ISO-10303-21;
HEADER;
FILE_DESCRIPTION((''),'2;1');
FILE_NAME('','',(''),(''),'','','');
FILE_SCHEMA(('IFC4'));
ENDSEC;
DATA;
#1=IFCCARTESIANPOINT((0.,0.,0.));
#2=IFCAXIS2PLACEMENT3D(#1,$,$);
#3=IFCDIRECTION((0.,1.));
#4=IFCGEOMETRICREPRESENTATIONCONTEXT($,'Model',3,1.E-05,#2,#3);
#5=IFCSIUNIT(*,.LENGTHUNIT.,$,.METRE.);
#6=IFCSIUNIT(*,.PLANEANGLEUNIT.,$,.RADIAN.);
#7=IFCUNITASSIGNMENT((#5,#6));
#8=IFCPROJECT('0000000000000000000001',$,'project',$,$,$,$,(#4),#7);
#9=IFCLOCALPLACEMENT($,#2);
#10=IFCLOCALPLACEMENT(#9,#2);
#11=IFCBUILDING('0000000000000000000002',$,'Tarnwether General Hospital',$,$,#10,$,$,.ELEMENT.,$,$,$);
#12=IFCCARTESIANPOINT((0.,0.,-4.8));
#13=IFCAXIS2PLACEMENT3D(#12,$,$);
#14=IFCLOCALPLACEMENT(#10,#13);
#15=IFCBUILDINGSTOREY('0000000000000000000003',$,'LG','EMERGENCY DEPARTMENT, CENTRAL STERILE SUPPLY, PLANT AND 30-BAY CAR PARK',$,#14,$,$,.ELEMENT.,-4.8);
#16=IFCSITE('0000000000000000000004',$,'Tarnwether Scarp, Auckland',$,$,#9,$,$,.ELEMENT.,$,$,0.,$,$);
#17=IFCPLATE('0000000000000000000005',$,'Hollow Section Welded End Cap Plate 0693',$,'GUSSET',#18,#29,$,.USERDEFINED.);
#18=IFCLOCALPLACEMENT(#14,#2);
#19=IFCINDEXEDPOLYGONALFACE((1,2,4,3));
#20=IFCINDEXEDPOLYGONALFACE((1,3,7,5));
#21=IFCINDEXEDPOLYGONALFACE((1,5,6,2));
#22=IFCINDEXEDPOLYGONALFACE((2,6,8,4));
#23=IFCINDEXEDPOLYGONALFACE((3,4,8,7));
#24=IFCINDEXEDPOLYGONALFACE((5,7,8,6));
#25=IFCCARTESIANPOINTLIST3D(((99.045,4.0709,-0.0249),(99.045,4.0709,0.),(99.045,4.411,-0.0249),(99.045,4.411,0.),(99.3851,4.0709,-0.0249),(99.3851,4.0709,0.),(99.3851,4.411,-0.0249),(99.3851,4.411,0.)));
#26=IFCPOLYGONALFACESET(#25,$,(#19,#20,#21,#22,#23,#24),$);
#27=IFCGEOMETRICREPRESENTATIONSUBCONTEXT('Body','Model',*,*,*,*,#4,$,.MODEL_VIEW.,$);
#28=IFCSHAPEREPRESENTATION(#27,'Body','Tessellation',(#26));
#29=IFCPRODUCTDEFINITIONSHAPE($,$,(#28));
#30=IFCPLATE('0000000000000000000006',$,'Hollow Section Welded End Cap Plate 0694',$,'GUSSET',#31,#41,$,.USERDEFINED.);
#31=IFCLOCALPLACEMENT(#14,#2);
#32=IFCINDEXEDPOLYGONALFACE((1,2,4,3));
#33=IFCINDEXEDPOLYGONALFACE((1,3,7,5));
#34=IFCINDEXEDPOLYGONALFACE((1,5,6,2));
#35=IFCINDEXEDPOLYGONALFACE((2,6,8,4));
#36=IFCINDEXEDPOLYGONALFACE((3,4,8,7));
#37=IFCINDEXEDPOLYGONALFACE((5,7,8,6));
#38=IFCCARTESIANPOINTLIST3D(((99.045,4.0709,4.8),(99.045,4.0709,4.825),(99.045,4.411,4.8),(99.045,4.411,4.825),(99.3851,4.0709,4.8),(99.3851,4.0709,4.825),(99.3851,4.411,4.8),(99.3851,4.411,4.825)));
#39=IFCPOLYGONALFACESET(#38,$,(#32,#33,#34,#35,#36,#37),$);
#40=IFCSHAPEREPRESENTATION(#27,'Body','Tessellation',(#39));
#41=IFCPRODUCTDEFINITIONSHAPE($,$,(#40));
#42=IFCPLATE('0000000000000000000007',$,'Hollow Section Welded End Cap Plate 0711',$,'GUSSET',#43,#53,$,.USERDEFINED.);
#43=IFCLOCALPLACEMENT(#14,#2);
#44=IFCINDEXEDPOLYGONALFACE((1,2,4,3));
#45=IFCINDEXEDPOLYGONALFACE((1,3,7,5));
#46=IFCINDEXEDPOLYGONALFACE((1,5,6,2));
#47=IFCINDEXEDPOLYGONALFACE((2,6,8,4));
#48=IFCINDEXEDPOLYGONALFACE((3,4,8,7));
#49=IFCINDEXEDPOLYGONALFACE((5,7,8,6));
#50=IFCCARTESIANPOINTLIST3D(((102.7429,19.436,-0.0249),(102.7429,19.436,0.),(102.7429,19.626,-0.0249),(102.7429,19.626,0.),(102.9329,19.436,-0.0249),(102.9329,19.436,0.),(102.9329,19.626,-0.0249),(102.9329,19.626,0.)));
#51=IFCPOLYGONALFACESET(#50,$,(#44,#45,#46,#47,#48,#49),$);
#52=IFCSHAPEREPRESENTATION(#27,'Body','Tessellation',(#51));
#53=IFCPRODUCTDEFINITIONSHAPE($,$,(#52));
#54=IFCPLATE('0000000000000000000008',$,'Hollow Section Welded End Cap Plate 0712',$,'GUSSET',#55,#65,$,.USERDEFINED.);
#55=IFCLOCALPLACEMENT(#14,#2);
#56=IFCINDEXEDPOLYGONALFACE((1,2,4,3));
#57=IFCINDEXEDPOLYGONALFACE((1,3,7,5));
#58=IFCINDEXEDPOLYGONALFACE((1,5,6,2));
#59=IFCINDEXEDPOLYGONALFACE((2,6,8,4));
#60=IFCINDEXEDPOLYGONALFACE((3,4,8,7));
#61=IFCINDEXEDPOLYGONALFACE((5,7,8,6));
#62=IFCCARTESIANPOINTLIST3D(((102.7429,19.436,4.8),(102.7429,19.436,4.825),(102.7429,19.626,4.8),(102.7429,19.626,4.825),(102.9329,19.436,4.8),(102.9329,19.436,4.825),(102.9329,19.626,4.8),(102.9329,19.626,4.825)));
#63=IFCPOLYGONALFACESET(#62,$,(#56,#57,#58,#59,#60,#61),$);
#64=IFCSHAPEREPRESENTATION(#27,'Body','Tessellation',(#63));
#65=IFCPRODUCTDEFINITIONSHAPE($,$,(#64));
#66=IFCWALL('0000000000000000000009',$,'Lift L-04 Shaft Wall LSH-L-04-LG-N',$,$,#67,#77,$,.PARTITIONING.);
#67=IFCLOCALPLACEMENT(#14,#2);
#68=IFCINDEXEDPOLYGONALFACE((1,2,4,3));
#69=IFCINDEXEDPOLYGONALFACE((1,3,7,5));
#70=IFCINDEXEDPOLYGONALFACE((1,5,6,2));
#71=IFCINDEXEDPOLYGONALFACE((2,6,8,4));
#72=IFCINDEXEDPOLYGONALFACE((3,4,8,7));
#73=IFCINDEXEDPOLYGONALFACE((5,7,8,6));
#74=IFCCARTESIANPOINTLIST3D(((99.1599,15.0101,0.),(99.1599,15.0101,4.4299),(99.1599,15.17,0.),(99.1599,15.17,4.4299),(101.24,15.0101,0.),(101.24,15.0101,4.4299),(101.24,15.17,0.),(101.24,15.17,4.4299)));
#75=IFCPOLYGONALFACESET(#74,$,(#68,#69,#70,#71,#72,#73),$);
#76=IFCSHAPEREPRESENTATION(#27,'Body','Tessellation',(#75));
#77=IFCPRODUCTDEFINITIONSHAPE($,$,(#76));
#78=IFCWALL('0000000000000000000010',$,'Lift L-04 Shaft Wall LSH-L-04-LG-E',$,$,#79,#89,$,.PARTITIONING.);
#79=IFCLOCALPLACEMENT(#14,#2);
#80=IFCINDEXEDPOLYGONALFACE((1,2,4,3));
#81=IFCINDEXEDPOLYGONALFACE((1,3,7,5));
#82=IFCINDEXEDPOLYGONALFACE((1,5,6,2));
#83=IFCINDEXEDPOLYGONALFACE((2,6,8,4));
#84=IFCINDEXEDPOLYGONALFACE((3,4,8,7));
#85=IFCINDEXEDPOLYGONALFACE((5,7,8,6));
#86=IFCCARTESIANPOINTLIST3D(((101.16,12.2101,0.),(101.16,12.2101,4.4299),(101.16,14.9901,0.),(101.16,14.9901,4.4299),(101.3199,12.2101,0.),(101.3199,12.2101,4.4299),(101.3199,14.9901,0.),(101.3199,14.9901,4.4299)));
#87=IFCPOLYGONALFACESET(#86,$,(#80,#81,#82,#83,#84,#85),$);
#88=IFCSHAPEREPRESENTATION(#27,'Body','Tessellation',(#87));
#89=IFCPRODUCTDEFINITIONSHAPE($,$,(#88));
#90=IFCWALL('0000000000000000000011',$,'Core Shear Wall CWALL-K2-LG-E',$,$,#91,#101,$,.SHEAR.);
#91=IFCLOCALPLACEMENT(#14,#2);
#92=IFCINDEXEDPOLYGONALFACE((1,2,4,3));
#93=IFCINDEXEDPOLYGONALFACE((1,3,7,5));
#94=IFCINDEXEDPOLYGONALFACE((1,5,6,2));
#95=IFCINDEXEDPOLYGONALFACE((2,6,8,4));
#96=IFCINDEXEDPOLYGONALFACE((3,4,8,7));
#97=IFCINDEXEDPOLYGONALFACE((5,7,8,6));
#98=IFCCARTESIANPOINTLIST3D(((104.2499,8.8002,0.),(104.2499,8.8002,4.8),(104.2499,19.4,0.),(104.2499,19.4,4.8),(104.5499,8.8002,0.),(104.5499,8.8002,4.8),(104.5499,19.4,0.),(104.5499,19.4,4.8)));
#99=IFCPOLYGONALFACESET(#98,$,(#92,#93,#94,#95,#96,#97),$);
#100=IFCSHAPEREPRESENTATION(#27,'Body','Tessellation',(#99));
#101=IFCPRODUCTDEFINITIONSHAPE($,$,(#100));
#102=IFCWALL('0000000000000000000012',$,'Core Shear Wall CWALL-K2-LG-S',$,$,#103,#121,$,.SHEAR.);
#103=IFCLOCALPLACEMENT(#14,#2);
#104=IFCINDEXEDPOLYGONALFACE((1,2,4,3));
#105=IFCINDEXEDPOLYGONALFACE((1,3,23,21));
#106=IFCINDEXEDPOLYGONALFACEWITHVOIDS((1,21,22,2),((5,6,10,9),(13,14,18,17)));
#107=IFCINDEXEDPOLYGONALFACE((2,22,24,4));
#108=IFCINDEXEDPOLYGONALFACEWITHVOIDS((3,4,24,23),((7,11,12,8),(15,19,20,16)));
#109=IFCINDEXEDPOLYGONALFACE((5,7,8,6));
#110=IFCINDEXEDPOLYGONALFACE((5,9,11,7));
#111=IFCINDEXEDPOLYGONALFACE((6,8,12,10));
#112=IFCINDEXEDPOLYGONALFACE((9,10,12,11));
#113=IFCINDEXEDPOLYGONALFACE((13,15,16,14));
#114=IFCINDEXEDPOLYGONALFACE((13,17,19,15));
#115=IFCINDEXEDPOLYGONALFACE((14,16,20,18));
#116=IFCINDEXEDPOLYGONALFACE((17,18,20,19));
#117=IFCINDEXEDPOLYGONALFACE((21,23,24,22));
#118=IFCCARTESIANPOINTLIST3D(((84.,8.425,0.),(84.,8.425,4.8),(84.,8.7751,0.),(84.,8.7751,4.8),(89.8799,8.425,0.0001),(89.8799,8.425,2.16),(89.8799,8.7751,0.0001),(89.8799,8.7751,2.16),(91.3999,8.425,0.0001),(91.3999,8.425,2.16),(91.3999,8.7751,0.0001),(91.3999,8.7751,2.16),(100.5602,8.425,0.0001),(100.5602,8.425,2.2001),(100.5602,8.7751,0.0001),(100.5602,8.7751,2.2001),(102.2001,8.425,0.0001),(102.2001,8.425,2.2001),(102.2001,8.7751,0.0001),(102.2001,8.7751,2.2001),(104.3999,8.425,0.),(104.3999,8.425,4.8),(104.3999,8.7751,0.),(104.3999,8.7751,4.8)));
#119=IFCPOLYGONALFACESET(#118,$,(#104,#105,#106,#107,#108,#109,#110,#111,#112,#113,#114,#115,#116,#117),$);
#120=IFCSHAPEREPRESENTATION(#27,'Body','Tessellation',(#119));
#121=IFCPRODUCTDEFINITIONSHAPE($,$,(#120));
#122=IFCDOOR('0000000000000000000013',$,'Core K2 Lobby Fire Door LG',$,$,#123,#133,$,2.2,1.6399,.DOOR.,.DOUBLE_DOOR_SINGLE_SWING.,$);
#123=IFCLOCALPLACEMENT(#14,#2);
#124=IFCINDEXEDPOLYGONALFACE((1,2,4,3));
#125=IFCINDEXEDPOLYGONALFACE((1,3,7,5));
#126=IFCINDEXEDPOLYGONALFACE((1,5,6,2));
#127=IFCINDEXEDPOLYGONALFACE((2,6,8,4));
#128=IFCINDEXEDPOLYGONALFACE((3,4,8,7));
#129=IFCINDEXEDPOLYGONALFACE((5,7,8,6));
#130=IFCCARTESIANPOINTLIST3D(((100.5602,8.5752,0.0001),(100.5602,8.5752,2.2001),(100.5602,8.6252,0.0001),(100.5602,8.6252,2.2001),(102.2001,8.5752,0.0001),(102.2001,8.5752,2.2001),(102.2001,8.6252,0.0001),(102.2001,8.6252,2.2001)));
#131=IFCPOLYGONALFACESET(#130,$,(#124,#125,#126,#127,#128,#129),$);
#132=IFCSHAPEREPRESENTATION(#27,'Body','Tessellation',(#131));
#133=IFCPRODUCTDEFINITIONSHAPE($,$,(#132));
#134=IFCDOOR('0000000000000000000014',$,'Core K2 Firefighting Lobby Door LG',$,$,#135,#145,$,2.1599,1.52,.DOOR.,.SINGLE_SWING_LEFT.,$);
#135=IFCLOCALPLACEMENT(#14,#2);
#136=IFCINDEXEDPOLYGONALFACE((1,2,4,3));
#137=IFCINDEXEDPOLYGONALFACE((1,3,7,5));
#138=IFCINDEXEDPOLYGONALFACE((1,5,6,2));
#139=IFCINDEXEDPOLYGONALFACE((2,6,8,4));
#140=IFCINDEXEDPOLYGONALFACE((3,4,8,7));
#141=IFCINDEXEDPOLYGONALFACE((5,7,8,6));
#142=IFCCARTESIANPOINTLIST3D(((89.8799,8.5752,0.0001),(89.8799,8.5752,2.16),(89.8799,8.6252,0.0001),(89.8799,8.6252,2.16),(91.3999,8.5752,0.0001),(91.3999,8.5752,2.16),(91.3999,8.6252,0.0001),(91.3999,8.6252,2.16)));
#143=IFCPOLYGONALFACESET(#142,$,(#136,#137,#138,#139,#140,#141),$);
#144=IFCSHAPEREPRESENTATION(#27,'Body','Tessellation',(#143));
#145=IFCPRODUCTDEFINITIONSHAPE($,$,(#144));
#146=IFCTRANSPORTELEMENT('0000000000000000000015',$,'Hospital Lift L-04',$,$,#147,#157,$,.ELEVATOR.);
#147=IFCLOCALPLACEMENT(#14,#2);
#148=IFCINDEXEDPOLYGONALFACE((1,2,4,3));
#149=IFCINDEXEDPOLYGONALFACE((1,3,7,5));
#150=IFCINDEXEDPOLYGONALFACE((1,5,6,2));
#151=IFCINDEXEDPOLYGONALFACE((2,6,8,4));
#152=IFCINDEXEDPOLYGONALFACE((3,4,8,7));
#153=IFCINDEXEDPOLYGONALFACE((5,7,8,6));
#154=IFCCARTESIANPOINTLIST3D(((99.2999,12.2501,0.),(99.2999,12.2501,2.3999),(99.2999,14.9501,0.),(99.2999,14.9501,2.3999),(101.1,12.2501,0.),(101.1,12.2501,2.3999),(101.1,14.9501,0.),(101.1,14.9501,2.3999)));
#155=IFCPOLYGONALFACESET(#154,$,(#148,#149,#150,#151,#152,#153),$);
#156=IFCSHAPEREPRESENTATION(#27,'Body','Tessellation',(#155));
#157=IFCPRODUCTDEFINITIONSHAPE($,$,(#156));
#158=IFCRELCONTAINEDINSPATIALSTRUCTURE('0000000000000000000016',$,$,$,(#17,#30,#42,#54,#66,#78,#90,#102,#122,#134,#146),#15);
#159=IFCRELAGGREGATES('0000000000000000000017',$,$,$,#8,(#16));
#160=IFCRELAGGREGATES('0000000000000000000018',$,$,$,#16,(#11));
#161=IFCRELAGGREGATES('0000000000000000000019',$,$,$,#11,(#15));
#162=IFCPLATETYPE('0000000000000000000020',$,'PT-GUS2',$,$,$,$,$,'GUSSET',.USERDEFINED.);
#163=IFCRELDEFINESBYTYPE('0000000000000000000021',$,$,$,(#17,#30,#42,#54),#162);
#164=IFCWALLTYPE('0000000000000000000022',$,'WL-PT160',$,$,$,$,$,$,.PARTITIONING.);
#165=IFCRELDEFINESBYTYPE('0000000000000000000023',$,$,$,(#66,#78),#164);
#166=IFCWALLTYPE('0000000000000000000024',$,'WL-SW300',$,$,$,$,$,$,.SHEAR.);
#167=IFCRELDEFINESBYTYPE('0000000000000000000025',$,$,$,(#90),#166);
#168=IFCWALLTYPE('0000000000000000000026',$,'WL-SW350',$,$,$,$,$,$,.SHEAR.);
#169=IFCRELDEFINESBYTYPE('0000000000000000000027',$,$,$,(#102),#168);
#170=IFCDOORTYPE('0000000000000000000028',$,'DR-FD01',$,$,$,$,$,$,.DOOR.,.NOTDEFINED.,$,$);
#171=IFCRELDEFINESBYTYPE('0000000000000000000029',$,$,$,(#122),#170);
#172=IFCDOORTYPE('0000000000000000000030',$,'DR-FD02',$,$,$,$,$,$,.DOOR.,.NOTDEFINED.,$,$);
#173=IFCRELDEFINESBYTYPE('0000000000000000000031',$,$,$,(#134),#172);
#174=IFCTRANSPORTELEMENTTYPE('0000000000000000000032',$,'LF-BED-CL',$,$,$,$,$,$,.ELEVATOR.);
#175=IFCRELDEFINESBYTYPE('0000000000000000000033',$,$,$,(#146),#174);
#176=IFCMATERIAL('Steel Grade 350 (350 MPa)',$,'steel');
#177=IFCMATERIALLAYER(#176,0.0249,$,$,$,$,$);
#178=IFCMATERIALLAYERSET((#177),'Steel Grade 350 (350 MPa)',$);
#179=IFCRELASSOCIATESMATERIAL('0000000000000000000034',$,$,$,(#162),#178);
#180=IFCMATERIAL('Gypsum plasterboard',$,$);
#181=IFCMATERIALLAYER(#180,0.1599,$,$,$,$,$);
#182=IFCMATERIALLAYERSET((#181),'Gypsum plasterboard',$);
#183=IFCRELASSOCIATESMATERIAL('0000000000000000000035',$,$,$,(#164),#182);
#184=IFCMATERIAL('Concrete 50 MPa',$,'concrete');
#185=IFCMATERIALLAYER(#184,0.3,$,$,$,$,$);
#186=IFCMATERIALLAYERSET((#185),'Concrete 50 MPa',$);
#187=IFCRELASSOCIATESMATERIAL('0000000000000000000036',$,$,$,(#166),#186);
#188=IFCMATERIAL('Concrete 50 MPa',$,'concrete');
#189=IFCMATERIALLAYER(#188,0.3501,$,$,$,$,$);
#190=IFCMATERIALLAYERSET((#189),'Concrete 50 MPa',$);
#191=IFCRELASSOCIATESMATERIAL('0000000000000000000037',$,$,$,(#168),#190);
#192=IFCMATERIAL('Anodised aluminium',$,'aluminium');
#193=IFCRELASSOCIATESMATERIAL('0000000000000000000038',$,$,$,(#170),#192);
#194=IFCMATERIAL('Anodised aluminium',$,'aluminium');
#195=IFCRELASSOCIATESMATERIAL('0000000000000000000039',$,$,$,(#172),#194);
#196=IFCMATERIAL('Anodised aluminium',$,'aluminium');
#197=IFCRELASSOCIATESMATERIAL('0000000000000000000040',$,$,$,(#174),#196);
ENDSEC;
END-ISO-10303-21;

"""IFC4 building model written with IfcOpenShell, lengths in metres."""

from ifc_helpers import new_model, si_unit, direction, frame, frame_2d, origin, origin_2d, place, context, subcontext, project, spatial, rectangle, extrude, material, layer, layer_set, type_object, element, fill, save


model = new_model("IFC4")

# Units and contexts
model_context = context("Model", 3, precision=1e-05, world=origin(), true_north=direction((0.0, 1.0)))
body_context = subcontext(model_context, "Body", "Model", "MODEL_VIEW")
ifc_project = project(units=[si_unit("LENGTHUNIT", "METRE"), si_unit("PLANEANGLEUNIT", "RADIAN")], contexts=[model_context])

# Site, building, storey
site_placement = place(None, origin())
site = spatial("IfcSite", under=ifc_project, at=site_placement, Name="Tarnwether Scarp, Auckland", CompositionType="ELEMENT", RefElevation=0.0)
building_placement = place(site_placement, origin())
building = spatial("IfcBuilding", under=site, at=building_placement, Name="Tarnwether General Hospital", CompositionType="ELEMENT")
storey_placement = place(building_placement, frame((0.0, 0.0, -4.8)))
storey = spatial("IfcBuildingStorey", under=building, at=storey_placement, Name="LG", Description="EMERGENCY DEPARTMENT, CENTRAL STERILE SUPPLY, PLANT AND 30-BAY CAR PARK", CompositionType="ELEMENT", Elevation=-4.8)

# Plates
ifc_material_1 = material(Name="Steel Grade 350 (350 MPa)", Category="steel")
ifc_layer_1 = layer(ifc_material_1, 0.0249)
ifc_layer_set_1 = layer_set([ifc_layer_1], Name="Steel Grade 350 (350 MPa)")
plate_type = type_object("IfcPlateType", Name="PT-GUS2", ElementType="GUSSET", PredefinedType="USERDEFINED", material=ifc_layer_set_1)
for number, where, z_axis, x_axis, name in (
    (1, (99.2151, 4.241, -0.0249), (0.0, 0.0, 1.0), (1.0, 0.0, 0.0), "Hollow Section Welded End Cap Plate 0693"),
    (2, (99.2151, 4.241, 4.8), (0.0, 0.0, 1.0), (1.0, 0.0, 0.0), "Hollow Section Welded End Cap Plate 0694"),
):
    element("IfcPlate", number, at=place(storey_placement, frame(where, z_axis=z_axis, x_axis=x_axis)), inside=storey, type_object=plate_type, Name=name, ObjectType="GUSSET", PredefinedType="USERDEFINED", context=body_context, shape_type="SweptSolid", body=[
        extrude(rectangle(XDim=0.3401, YDim=0.3401, at=origin_2d()), origin(), (0.0, 0.0, 1.0), 0.0249),
    ])
for number, where, z_axis, x_axis, name in (
    (3, (102.8379, 19.531, -0.0249), (0.0, 0.0, 1.0), (1.0, 0.0, 0.0), "Hollow Section Welded End Cap Plate 0711"),
    (4, (102.8379, 19.531, 4.8), (0.0, 0.0, 1.0), (1.0, 0.0, 0.0), "Hollow Section Welded End Cap Plate 0712"),
):
    element("IfcPlate", number, at=place(storey_placement, frame(where, z_axis=z_axis, x_axis=x_axis)), inside=storey, type_object=plate_type, Name=name, ObjectType="GUSSET", PredefinedType="USERDEFINED", context=body_context, shape_type="SweptSolid", body=[
        extrude(rectangle(XDim=0.1899, YDim=0.1899, at=origin_2d()), origin(), (0.0, 0.0, 1.0), 0.0249),
    ])

# Walls
ifc_material_2 = material(Name="Gypsum plasterboard")
ifc_layer_2 = layer(ifc_material_2, 0.1599)
ifc_layer_set_2 = layer_set([ifc_layer_2], Name="Gypsum plasterboard")
wall_type_1 = type_object("IfcWallType", Name="WL-PT160", PredefinedType="PARTITIONING", material=ifc_layer_set_2)
wall_1_placement = place(storey_placement, frame((101.24, 15.0901, 0.0), z_axis=(0.0, 0.0, 1.0), x_axis=(-1.0, 0.0, 0.0)))
element("IfcWall", 5, at=wall_1_placement, inside=storey, type_object=wall_type_1, Name="Lift L-04 Shaft Wall LSH-L-04-LG-N", PredefinedType="PARTITIONING", context=body_context, shape_type="SweptSolid", body=[
    extrude(rectangle(XDim=2.0801, YDim=0.1599, at=frame_2d((1.04, 0.0))), origin(), (0.0, 0.0, 1.0), 4.4299),
])
wall_2_placement = place(storey_placement, frame((101.24, 12.21, 0.0), z_axis=(0.0, 0.0, 1.0), x_axis=(0.0, 1.0, 0.0)))
element("IfcWall", 6, at=wall_2_placement, inside=storey, type_object=wall_type_1, Name="Lift L-04 Shaft Wall LSH-L-04-LG-E", PredefinedType="PARTITIONING", context=body_context, shape_type="SweptSolid", body=[
    extrude(rectangle(XDim=2.78, YDim=0.1599, at=frame_2d((1.3901, 0.0))), origin(), (0.0, 0.0, 1.0), 4.4299),
])
ifc_material_3 = material(Name="Concrete 50 MPa", Category="concrete")
ifc_layer_3 = layer(ifc_material_3, 0.3)
ifc_layer_set_3 = layer_set([ifc_layer_3], Name="Concrete 50 MPa")
wall_type_2 = type_object("IfcWallType", Name="WL-SW300", PredefinedType="SHEAR", material=ifc_layer_set_3)
wall_3_placement = place(storey_placement, frame((104.3999, 19.3999, 0.0), z_axis=(0.0, 0.0, 1.0), x_axis=(0.0, -1.0, 0.0)))
element("IfcWall", 7, at=wall_3_placement, inside=storey, type_object=wall_type_2, Name="Core Shear Wall CWALL-K2-LG-E", PredefinedType="SHEAR", context=body_context, shape_type="SweptSolid", body=[
    extrude(rectangle(XDim=10.5999, YDim=0.3, at=frame_2d((5.2998, 0.0))), origin(), (0.0, 0.0, 1.0), 4.8),
])

# Wall, openings, doors
ifc_material_4 = material(Name="Concrete 50 MPa", Category="concrete")
ifc_layer_4 = layer(ifc_material_4, 0.3501)
ifc_layer_set_4 = layer_set([ifc_layer_4], Name="Concrete 50 MPa")
wall_type_3 = type_object("IfcWallType", Name="WL-SW350", PredefinedType="SHEAR", material=ifc_layer_set_4)
wall_4_placement = place(storey_placement, frame((104.3999, 8.6001, 0.0), z_axis=(0.0, 0.0, 1.0), x_axis=(-1.0, 0.0, 0.0)))
wall_4 = element("IfcWall", 8, at=wall_4_placement, inside=storey, type_object=wall_type_3, Name="Core Shear Wall CWALL-K2-LG-S", PredefinedType="SHEAR", context=body_context, shape_type="SweptSolid", body=[
    extrude(rectangle(XDim=20.3999, YDim=0.3501, at=frame_2d((10.2, 0.0))), origin(), (0.0, 0.0, 1.0), 4.8),
])
opening_1_placement = place(wall_4_placement, frame((2.2, 0.0, 0.0)))
opening_1 = element("IfcOpeningElement", 9, at=opening_1_placement, cuts=wall_4, PredefinedType="OPENING", context=body_context, shape_type="SweptSolid", body=[
    extrude(rectangle(XDim=1.6399, YDim=2.2, at=frame_2d((0.8198, 1.1001))), frame((0.0, 0.1851, 0.0), z_axis=(0.0, -1.0, 0.0), x_axis=(1.0, 0.0, 0.0)), (0.0, 0.0, 1.0), 0.3701),
])
opening_2_placement = place(wall_4_placement, frame((13.0, 0.0, 0.0)))
opening_2 = element("IfcOpeningElement", 10, at=opening_2_placement, cuts=wall_4, PredefinedType="OPENING", context=body_context, shape_type="SweptSolid", body=[
    extrude(rectangle(XDim=1.52, YDim=2.1599, at=frame_2d((0.76, 1.0801))), frame((0.0, 0.1851, 0.0), z_axis=(0.0, -1.0, 0.0), x_axis=(1.0, 0.0, 0.0)), (0.0, 0.0, 1.0), 0.3701),
])
ifc_material_5 = material(Name="Anodised aluminium", Category="aluminium")
door_type_1 = type_object("IfcDoorType", Name="DR-FD01", OperationType="NOTDEFINED", PredefinedType="DOOR", material=ifc_material_5)
door_1_placement = place(opening_1_placement, origin())
door_1 = element("IfcDoor", 11, at=door_1_placement, inside=storey, type_object=door_type_1, Name="Core K2 Lobby Fire Door LG", OperationType="DOUBLE_DOOR_SINGLE_SWING", OverallHeight=2.2, OverallWidth=1.6399, PredefinedType="DOOR", context=body_context, shape_type="SweptSolid", body=[
    extrude(rectangle(XDim=1.6399, YDim=2.2, at=frame_2d((0.8198, 1.1001))), frame((0.0, 0.0249, 0.0), z_axis=(0.0, -1.0, 0.0), x_axis=(1.0, 0.0, 0.0)), (0.0, 0.0, 1.0), 0.05),
])
fill(opening_1, door_1)
ifc_material_6 = material(Name="Anodised aluminium", Category="aluminium")
door_type_2 = type_object("IfcDoorType", Name="DR-FD02", OperationType="NOTDEFINED", PredefinedType="DOOR", material=ifc_material_6)
door_2_placement = place(opening_2_placement, origin())
door_2 = element("IfcDoor", 12, at=door_2_placement, inside=storey, type_object=door_type_2, Name="Core K2 Firefighting Lobby Door LG", OperationType="SINGLE_SWING_LEFT", OverallHeight=2.1599, OverallWidth=1.52, PredefinedType="DOOR", context=body_context, shape_type="SweptSolid", body=[
    extrude(rectangle(XDim=1.52, YDim=2.1599, at=frame_2d((0.76, 1.0801))), frame((0.0, 0.0249, 0.0), z_axis=(0.0, -1.0, 0.0), x_axis=(1.0, 0.0, 0.0)), (0.0, 0.0, 1.0), 0.05),
])
fill(opening_2, door_2)

# Transport element
ifc_material_7 = material(Name="Anodised aluminium", Category="aluminium")
transport_element_type = type_object("IfcTransportElementType", Name="LF-BED-CL", PredefinedType="ELEVATOR", material=ifc_material_7)
transport_element_placement = place(storey_placement, frame((100.2, 13.6001, 0.0), z_axis=(0.0, 0.0, 1.0), x_axis=(1.0, 0.0, 0.0)))
element("IfcTransportElement", 13, at=transport_element_placement, inside=storey, type_object=transport_element_type, Name="Hospital Lift L-04", PredefinedType="ELEVATOR", context=body_context, shape_type="SweptSolid", body=[
    extrude(rectangle(XDim=1.8, YDim=2.7, at=origin_2d()), origin(), (0.0, 0.0, 1.0), 2.3999),
])

save(model, "model.ifc")
